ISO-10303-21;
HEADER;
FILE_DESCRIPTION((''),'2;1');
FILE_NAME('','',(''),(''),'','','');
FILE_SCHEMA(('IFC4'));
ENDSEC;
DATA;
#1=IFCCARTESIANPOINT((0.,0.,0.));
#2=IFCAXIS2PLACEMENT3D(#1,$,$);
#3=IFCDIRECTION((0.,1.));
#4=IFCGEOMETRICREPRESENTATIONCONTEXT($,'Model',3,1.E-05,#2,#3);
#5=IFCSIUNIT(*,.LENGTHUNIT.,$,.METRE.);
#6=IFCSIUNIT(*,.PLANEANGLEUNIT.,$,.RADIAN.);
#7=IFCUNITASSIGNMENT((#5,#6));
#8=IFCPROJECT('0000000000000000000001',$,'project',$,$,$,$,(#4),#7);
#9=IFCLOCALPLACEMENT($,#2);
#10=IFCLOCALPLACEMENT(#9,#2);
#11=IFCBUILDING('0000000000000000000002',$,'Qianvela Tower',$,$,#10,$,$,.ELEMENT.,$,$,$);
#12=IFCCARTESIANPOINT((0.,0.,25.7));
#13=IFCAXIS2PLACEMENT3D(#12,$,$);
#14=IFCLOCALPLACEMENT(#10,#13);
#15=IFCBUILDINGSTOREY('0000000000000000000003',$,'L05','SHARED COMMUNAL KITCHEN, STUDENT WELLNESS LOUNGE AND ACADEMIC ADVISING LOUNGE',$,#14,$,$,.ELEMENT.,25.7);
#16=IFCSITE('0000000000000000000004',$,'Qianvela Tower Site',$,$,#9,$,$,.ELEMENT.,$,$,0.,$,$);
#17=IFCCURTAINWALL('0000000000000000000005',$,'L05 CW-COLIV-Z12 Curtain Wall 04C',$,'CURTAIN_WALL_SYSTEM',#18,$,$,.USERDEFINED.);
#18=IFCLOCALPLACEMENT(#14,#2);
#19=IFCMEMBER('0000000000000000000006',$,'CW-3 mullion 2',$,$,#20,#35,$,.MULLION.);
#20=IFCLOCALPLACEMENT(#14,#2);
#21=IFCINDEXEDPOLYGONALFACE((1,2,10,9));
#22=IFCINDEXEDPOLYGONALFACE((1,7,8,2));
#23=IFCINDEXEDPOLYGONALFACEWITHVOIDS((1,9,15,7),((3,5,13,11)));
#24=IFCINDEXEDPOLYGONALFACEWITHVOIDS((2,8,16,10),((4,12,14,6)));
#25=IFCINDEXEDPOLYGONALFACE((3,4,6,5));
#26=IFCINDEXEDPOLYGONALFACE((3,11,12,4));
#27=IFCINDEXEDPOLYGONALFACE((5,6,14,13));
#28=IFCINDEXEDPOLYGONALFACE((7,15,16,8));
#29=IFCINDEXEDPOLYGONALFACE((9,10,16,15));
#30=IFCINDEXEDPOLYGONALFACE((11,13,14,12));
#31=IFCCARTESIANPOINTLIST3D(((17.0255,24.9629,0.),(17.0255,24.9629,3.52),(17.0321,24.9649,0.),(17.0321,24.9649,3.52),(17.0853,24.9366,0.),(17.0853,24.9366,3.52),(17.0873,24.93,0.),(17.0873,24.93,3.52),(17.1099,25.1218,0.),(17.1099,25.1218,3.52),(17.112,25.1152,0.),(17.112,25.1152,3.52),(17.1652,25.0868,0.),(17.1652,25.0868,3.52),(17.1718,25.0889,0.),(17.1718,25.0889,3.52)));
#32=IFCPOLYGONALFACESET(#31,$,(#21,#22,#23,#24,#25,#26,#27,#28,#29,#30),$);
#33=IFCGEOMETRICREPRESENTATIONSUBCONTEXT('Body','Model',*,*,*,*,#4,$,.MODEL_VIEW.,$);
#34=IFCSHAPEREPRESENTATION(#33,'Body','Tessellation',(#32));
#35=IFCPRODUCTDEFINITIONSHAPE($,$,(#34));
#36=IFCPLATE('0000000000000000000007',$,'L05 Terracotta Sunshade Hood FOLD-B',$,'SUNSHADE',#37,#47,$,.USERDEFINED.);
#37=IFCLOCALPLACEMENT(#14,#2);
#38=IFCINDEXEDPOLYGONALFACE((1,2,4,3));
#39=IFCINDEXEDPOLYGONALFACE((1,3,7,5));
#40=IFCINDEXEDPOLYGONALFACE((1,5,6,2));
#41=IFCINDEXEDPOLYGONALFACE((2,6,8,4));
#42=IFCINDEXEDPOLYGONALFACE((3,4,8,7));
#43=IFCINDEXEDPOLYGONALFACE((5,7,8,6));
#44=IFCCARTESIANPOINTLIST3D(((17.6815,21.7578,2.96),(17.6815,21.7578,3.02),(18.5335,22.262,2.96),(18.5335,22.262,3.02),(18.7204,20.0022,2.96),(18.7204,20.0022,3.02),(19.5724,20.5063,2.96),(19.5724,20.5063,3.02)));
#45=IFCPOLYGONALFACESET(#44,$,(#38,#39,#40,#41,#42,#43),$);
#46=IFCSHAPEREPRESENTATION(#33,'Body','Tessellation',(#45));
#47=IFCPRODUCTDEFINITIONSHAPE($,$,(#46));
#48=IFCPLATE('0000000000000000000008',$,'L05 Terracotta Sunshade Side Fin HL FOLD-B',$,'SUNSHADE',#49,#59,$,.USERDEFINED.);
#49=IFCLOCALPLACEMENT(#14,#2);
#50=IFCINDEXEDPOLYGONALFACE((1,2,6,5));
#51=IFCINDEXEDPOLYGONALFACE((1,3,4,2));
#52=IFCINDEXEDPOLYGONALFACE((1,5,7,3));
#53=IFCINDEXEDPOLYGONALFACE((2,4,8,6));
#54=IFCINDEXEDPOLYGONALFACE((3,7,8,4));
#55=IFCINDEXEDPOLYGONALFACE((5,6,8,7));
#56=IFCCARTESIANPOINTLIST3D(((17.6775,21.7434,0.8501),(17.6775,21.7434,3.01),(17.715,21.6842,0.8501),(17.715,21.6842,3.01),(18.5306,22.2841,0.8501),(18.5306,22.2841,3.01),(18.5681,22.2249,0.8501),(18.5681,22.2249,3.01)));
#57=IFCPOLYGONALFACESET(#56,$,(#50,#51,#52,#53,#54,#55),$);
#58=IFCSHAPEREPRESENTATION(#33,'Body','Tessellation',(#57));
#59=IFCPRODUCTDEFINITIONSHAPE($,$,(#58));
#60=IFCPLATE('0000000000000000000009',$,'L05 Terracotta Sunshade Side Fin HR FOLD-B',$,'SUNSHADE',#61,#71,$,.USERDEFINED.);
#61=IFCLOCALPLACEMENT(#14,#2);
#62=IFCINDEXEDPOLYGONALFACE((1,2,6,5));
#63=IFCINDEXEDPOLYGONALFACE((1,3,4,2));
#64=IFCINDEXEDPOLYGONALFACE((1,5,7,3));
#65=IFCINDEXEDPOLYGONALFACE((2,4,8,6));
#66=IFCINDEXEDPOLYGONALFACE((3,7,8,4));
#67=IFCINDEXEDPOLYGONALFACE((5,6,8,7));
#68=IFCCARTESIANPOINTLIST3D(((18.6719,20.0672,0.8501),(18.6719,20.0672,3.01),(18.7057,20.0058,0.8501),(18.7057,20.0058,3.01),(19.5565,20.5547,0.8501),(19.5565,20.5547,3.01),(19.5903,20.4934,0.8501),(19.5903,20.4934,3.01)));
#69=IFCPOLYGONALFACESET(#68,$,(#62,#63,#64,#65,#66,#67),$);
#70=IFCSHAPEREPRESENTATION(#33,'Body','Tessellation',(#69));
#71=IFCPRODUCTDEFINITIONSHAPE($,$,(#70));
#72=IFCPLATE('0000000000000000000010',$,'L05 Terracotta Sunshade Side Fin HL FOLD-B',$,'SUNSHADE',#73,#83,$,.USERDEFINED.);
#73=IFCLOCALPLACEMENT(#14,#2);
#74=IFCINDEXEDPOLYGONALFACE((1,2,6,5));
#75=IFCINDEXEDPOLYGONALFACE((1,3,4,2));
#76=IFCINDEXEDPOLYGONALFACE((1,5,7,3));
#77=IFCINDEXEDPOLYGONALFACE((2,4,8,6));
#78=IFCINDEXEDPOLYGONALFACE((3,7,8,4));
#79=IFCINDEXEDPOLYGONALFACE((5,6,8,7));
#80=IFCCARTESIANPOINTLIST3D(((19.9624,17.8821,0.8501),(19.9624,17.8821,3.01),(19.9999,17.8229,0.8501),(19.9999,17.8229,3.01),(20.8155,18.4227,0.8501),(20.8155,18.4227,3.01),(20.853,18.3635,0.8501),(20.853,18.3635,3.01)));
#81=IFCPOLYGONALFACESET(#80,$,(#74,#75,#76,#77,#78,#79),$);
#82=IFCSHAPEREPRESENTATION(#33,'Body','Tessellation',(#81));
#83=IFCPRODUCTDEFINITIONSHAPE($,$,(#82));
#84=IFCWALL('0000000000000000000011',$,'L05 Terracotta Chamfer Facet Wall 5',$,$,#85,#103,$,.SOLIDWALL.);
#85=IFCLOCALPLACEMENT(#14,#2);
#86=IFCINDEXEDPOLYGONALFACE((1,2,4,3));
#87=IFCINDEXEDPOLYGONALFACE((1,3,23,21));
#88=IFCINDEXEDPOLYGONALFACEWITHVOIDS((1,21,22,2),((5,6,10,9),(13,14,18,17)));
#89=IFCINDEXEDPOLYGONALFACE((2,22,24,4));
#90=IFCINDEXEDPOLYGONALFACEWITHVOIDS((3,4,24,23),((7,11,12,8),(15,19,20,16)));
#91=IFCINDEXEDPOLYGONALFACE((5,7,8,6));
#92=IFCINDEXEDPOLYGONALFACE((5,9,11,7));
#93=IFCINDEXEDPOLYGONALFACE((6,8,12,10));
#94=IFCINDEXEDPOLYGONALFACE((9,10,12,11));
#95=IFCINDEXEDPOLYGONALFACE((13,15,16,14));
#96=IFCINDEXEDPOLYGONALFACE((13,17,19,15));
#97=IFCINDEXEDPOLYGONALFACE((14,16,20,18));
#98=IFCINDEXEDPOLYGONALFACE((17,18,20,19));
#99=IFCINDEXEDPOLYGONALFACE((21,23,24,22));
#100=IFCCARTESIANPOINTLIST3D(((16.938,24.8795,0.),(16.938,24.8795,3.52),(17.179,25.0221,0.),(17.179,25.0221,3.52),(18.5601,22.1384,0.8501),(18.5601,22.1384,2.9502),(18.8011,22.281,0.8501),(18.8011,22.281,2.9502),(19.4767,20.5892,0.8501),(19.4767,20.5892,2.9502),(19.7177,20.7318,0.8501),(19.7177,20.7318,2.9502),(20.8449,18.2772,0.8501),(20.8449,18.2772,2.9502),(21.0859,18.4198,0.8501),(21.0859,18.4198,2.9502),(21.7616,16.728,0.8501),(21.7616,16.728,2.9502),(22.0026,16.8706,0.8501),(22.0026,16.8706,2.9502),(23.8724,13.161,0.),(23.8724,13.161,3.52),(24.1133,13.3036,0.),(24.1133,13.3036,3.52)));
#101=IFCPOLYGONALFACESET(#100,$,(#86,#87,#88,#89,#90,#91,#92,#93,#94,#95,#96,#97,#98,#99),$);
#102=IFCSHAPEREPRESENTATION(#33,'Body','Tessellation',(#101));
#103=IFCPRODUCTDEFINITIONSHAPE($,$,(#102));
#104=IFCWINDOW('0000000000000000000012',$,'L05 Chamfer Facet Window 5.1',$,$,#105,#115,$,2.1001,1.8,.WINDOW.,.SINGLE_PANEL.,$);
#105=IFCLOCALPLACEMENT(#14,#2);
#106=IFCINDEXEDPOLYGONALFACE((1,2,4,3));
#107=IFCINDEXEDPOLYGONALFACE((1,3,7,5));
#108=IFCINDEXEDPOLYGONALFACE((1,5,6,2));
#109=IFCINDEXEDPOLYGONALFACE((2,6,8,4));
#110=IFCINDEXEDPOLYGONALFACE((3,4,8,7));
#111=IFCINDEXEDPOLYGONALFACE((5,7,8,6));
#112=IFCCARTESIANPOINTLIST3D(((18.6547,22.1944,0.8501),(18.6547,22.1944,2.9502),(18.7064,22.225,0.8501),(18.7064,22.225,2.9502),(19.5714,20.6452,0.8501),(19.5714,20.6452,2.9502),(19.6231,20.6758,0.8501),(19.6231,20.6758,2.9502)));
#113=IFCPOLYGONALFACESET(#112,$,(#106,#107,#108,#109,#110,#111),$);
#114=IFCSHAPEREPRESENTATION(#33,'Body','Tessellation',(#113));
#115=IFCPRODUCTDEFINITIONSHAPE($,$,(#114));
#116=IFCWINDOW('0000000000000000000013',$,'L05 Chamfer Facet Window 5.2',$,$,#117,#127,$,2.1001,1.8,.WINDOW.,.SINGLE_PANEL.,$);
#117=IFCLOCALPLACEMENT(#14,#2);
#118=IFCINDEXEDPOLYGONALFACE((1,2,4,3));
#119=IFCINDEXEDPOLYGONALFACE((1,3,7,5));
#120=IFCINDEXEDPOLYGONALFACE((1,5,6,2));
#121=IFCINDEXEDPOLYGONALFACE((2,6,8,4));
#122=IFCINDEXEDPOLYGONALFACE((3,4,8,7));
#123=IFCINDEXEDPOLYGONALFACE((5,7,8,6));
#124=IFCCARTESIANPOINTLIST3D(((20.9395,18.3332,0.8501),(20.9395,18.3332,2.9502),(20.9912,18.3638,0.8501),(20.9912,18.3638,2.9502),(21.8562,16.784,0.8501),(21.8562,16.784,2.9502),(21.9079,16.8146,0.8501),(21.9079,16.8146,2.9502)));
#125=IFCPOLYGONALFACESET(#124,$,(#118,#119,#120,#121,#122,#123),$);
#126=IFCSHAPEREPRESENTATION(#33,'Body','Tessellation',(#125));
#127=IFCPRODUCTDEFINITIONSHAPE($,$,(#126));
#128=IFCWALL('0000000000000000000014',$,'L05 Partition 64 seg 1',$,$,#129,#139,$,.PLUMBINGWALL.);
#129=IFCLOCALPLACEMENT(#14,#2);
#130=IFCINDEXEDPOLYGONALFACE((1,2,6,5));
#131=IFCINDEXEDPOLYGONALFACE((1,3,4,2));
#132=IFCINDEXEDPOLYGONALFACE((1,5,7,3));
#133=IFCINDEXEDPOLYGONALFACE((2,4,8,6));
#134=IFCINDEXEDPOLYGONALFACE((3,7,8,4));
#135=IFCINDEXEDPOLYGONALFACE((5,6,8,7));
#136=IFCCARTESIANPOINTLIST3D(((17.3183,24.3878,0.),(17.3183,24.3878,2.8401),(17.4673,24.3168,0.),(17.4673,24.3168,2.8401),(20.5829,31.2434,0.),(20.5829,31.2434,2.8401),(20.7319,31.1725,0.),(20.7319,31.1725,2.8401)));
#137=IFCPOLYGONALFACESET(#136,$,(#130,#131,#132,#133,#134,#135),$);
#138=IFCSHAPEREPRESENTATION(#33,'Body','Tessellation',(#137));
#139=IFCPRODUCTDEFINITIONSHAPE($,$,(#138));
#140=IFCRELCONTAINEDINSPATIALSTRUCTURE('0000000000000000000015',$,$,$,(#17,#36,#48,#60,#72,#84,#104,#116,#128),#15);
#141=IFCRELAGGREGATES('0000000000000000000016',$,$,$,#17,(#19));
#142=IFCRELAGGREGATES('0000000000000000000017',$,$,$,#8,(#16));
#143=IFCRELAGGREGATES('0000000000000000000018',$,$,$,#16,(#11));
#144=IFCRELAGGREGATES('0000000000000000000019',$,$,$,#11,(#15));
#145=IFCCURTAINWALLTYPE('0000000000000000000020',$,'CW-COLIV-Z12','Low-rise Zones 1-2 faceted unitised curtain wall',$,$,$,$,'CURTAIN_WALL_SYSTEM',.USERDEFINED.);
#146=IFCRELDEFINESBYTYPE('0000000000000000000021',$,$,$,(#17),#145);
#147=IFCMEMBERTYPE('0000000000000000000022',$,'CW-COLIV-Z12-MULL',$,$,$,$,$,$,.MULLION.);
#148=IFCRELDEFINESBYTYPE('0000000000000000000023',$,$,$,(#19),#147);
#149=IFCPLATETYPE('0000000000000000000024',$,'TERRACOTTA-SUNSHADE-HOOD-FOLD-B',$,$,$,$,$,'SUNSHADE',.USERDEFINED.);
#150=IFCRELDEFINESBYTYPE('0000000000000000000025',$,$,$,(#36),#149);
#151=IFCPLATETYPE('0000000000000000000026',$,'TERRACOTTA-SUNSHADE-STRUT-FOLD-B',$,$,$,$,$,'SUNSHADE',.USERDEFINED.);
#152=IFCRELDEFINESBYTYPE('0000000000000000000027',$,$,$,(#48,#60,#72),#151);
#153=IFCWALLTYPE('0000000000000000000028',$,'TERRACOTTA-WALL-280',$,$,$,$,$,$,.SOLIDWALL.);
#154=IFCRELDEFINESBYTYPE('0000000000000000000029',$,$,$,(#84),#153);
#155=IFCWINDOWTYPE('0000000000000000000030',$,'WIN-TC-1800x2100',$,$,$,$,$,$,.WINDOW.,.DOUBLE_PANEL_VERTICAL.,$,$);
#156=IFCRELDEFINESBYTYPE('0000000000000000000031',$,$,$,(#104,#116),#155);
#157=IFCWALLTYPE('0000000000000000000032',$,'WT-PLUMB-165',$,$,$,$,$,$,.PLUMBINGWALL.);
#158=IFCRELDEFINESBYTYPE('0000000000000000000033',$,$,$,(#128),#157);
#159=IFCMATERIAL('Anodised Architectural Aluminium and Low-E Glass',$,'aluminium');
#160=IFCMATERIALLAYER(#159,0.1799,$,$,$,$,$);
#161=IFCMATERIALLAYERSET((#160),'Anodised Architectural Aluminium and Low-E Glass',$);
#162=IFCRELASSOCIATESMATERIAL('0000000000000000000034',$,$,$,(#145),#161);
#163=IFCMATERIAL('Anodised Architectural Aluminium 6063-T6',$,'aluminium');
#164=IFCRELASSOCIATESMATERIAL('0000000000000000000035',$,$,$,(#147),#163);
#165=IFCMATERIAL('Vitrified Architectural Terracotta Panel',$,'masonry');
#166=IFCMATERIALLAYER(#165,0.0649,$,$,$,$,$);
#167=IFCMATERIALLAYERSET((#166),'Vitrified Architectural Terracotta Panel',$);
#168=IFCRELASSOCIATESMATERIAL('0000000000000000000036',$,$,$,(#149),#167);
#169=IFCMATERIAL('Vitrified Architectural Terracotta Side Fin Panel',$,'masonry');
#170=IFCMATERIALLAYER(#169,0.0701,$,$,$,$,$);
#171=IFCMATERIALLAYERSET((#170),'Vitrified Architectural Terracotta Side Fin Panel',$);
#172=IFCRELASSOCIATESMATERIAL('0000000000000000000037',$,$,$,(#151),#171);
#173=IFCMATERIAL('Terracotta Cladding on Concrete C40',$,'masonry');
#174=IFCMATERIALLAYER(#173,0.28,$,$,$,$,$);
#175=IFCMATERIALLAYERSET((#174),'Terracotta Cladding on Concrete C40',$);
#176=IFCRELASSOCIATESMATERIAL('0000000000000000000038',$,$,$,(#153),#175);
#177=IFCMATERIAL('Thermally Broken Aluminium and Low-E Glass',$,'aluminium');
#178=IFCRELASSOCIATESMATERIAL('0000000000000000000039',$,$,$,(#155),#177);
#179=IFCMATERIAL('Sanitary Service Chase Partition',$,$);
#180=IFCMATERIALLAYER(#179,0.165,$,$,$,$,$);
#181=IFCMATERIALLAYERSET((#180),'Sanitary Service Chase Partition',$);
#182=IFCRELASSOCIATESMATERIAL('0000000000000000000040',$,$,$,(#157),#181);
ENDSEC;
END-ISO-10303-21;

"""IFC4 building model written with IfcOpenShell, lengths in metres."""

from ifc_helpers import new_model, si_unit, direction, frame, frame_2d, origin, origin_2d, place, context, subcontext, project, spatial, rectangle, hollow_rectangle, extrude, material, layer, layer_set, material_profile, profile_set, type_object, element, fill, aggregate, save


model = new_model("IFC4")

# Units and contexts
model_context = context("Model", 3, precision=1e-05, world=origin(), true_north=direction((0.0, 1.0)))
body_context = subcontext(model_context, "Body", "Model", "MODEL_VIEW")
ifc_project = project(units=[si_unit("LENGTHUNIT", "METRE"), si_unit("PLANEANGLEUNIT", "RADIAN")], contexts=[model_context])

# Site, building, storey
site_placement = place(None, origin())
site = spatial("IfcSite", under=ifc_project, at=site_placement, Name="Qianvela Tower Site", CompositionType="ELEMENT", RefElevation=0.0)
building_placement = place(site_placement, origin())
building = spatial("IfcBuilding", under=site, at=building_placement, Name="Qianvela Tower", CompositionType="ELEMENT")
storey_placement = place(building_placement, frame((0.0, 0.0, 25.7)))
storey = spatial("IfcBuildingStorey", under=building, at=storey_placement, Name="L05", Description="SHARED COMMUNAL KITCHEN, STUDENT WELLNESS LOUNGE AND ACADEMIC ADVISING LOUNGE", CompositionType="ELEMENT", Elevation=25.7)

# Curtain wall, member
ifc_material_1 = material(Name="Anodised Architectural Aluminium and Low-E Glass", Category="aluminium")
ifc_layer_1 = layer(ifc_material_1, 0.1799)
ifc_layer_set_1 = layer_set([ifc_layer_1], Name="Anodised Architectural Aluminium and Low-E Glass")
curtain_wall_type = type_object("IfcCurtainWallType", Name="CW-COLIV-Z12", Description="Low-rise Zones 1-2 faceted unitised curtain wall", ElementType="CURTAIN_WALL_SYSTEM", PredefinedType="USERDEFINED", material=ifc_layer_set_1)
curtain_wall_placement = place(storey_placement, origin())
curtain_wall = element("IfcCurtainWall", 1, at=curtain_wall_placement, inside=storey, type_object=curtain_wall_type, Name="L05 CW-COLIV-Z12 Curtain Wall 04C", ObjectType="CURTAIN_WALL_SYSTEM", PredefinedType="USERDEFINED")
ifc_material_2 = material(Name="Anodised Architectural Aluminium 6063-T6", Category="aluminium")
ifc_material_profile = material_profile(ifc_material_2, hollow_rectangle(XDim=0.0701, YDim=0.1799, WallThickness=0.0049, at=origin_2d()), Name="ALU-MULL-70x180")
ifc_profile_set = profile_set([ifc_material_profile], Name="Anodised Architectural Aluminium 6063-T6")
member_type = type_object("IfcMemberType", Name="CW-COLIV-Z12-MULL", PredefinedType="MULLION", material=ifc_profile_set)
member_placement = place(storey_placement, frame((17.0986, 25.0259, 0.0), z_axis=(0.0, 0.0, 1.0), x_axis=(0.882951, -0.469465, 0.0)))
member = element("IfcMember", 2, at=member_placement, type_object=member_type, Name="CW-3 mullion 2", PredefinedType="MULLION", context=body_context, shape_type="SweptSolid", body=[
    extrude(hollow_rectangle(XDim=0.0701, YDim=0.1799, WallThickness=0.0049, at=origin_2d()), origin(), (0.0, 0.0, 1.0), 3.52),
])
aggregate(curtain_wall, [member])

# Plates
ifc_material_3 = material(Name="Vitrified Architectural Terracotta Panel", Category="masonry")
ifc_layer_2 = layer(ifc_material_3, 0.0649)
ifc_layer_set_2 = layer_set([ifc_layer_2], Name="Vitrified Architectural Terracotta Panel")
plate_type_1 = type_object("IfcPlateType", Name="TERRACOTTA-SUNSHADE-HOOD-FOLD-B", ElementType="SUNSHADE", PredefinedType="USERDEFINED", material=ifc_layer_set_2)
plate_placement = place(storey_placement, frame((18.627, 21.1321, 2.96), z_axis=(0.0, 0.0, 1.0), x_axis=(0.509253, -0.860617, 0.0)))
element("IfcPlate", 3, at=plate_placement, inside=storey, type_object=plate_type_1, Name="L05 Terracotta Sunshade Hood FOLD-B", ObjectType="SUNSHADE", PredefinedType="USERDEFINED", context=body_context, shape_type="SweptSolid", body=[
    extrude(rectangle(XDim=2.04, YDim=0.99, at=origin_2d()), origin(), (0.0, 0.0, 1.0), 0.0601),
])
ifc_material_4 = material(Name="Vitrified Architectural Terracotta Side Fin Panel", Category="masonry")
ifc_layer_3 = layer(ifc_material_4, 0.0701)
ifc_layer_set_3 = layer_set([ifc_layer_3], Name="Vitrified Architectural Terracotta Side Fin Panel")
plate_type_2 = type_object("IfcPlateType", Name="TERRACOTTA-SUNSHADE-STRUT-FOLD-B", ElementType="SUNSHADE", PredefinedType="USERDEFINED", material=ifc_layer_set_3)
for number, where, z_axis, x_axis, name in (
    (4, (18.1228, 21.9841, 0.8501), (0.0, 0.0, 1.0), (0.535298, -0.844663, 0.0), "L05 Terracotta Sunshade Side Fin HL FOLD-B"),
    (5, (19.1311, 20.2803, 0.8501), (0.0, 0.0, 1.0), (0.482734, -0.875767, 0.0), "L05 Terracotta Sunshade Side Fin HR FOLD-B"),
    (6, (20.4077, 18.1228, 0.8501), (0.0, 0.0, 1.0), (0.535298, -0.844663, 0.0), "L05 Terracotta Sunshade Side Fin HL FOLD-B"),
):
    element("IfcPlate", number, at=place(storey_placement, frame(where, z_axis=z_axis, x_axis=x_axis)), inside=storey, type_object=plate_type_2, Name=name, ObjectType="SUNSHADE", PredefinedType="USERDEFINED", context=body_context, shape_type="SweptSolid", body=[
        extrude(rectangle(XDim=0.0701, YDim=1.01, at=origin_2d()), origin(), (0.0, 0.0, 1.0), 2.1599),
    ])

# Wall, openings, windows
ifc_material_5 = material(Name="Terracotta Cladding on Concrete C40", Category="masonry")
ifc_layer_4 = layer(ifc_material_5, 0.28)
ifc_layer_set_4 = layer_set([ifc_layer_4], Name="Terracotta Cladding on Concrete C40")
wall_type_1 = type_object("IfcWallType", Name="TERRACOTTA-WALL-280", PredefinedType="SOLIDWALL", material=ifc_layer_set_4)
wall_1_placement = place(storey_placement, frame((17.0586, 24.9507, 0.0), z_axis=(0.0, 0.0, 1.0), x_axis=(0.50926, -0.860613, 0.0)))
wall_1 = element("IfcWall", 7, at=wall_1_placement, inside=storey, type_object=wall_type_1, Name="L05 Terracotta Chamfer Facet Wall 5", PredefinedType="SOLIDWALL", context=body_context, shape_type="SweptSolid", body=[
    extrude(rectangle(XDim=13.6165, YDim=0.28, at=frame_2d((6.8081, 0.0))), origin(), (0.0, 0.0, 1.0), 3.52),
])
opening_1_placement = place(wall_1_placement, frame((3.1851, 0.0, 0.8501)))
opening_1 = element("IfcOpeningElement", 8, at=opening_1_placement, cuts=wall_1, PredefinedType="OPENING", context=body_context, shape_type="SweptSolid", body=[
    extrude(rectangle(XDim=1.8, YDim=2.1001, at=frame_2d((0.8999, 1.05))), frame((0.0, 0.1499, 0.0), z_axis=(0.0, -1.0, 0.0), x_axis=(1.0, 0.0, 0.0)), (0.0, 0.0, 1.0), 0.3),
])
opening_2_placement = place(wall_1_placement, frame((7.6716, 0.0, 0.8501)))
opening_2 = element("IfcOpeningElement", 9, at=opening_2_placement, cuts=wall_1, PredefinedType="OPENING", context=body_context, shape_type="SweptSolid", body=[
    extrude(rectangle(XDim=1.8, YDim=2.1001, at=frame_2d((0.8999, 1.05))), frame((0.0, 0.1499, 0.0), z_axis=(0.0, -1.0, 0.0), x_axis=(1.0, 0.0, 0.0)), (0.0, 0.0, 1.0), 0.3),
])
ifc_material_6 = material(Name="Thermally Broken Aluminium and Low-E Glass", Category="aluminium")
window_type = type_object("IfcWindowType", Name="WIN-TC-1800x2100", PartitioningType="DOUBLE_PANEL_VERTICAL", PredefinedType="WINDOW", material=ifc_material_6)
window_1_placement = place(opening_1_placement, origin())
window_1 = element("IfcWindow", 10, at=window_1_placement, inside=storey, type_object=window_type, Name="L05 Chamfer Facet Window 5.1", OverallHeight=2.1001, OverallWidth=1.8, PartitioningType="SINGLE_PANEL", PredefinedType="WINDOW", context=body_context, shape_type="SweptSolid", body=[
    extrude(rectangle(XDim=1.8, YDim=2.1001, at=frame_2d((0.8999, 1.05))), frame((0.0, 0.03, 0.0), z_axis=(0.0, -1.0, 0.0), x_axis=(1.0, 0.0, 0.0)), (0.0, 0.0, 1.0), 0.0601),
])
fill(opening_1, window_1)
window_2_placement = place(opening_2_placement, origin())
window_2 = element("IfcWindow", 11, at=window_2_placement, inside=storey, type_object=window_type, Name="L05 Chamfer Facet Window 5.2", OverallHeight=2.1001, OverallWidth=1.8, PartitioningType="SINGLE_PANEL", PredefinedType="WINDOW", context=body_context, shape_type="SweptSolid", body=[
    extrude(rectangle(XDim=1.8, YDim=2.1001, at=frame_2d((0.8999, 1.05))), frame((0.0, 0.03, 0.0), z_axis=(0.0, -1.0, 0.0), x_axis=(1.0, 0.0, 0.0)), (0.0, 0.0, 1.0), 0.0601),
])
fill(opening_2, window_2)

# Wall
ifc_material_7 = material(Name="Sanitary Service Chase Partition")
ifc_layer_5 = layer(ifc_material_7, 0.165)
ifc_layer_set_5 = layer_set([ifc_layer_5], Name="Sanitary Service Chase Partition")
wall_type_2 = type_object("IfcWallType", Name="WT-PLUMB-165", PredefinedType="PLUMBINGWALL", material=ifc_layer_set_5)
wall_2_placement = place(storey_placement, frame((17.3928, 24.3523, 0.0), z_axis=(0.0, 0.0, 1.0), x_axis=(0.429936, 0.902859, 0.0)))
element("IfcWall", 12, at=wall_2_placement, inside=storey, type_object=wall_type_2, Name="L05 Partition 64 seg 1", PredefinedType="PLUMBINGWALL", context=body_context, shape_type="SweptSolid", body=[
    extrude(rectangle(XDim=7.5933, YDim=0.165, at=frame_2d((3.7966, 0.0))), origin(), (0.0, 0.0, 1.0), 2.8401),
])

save(model, "model.ifc")
